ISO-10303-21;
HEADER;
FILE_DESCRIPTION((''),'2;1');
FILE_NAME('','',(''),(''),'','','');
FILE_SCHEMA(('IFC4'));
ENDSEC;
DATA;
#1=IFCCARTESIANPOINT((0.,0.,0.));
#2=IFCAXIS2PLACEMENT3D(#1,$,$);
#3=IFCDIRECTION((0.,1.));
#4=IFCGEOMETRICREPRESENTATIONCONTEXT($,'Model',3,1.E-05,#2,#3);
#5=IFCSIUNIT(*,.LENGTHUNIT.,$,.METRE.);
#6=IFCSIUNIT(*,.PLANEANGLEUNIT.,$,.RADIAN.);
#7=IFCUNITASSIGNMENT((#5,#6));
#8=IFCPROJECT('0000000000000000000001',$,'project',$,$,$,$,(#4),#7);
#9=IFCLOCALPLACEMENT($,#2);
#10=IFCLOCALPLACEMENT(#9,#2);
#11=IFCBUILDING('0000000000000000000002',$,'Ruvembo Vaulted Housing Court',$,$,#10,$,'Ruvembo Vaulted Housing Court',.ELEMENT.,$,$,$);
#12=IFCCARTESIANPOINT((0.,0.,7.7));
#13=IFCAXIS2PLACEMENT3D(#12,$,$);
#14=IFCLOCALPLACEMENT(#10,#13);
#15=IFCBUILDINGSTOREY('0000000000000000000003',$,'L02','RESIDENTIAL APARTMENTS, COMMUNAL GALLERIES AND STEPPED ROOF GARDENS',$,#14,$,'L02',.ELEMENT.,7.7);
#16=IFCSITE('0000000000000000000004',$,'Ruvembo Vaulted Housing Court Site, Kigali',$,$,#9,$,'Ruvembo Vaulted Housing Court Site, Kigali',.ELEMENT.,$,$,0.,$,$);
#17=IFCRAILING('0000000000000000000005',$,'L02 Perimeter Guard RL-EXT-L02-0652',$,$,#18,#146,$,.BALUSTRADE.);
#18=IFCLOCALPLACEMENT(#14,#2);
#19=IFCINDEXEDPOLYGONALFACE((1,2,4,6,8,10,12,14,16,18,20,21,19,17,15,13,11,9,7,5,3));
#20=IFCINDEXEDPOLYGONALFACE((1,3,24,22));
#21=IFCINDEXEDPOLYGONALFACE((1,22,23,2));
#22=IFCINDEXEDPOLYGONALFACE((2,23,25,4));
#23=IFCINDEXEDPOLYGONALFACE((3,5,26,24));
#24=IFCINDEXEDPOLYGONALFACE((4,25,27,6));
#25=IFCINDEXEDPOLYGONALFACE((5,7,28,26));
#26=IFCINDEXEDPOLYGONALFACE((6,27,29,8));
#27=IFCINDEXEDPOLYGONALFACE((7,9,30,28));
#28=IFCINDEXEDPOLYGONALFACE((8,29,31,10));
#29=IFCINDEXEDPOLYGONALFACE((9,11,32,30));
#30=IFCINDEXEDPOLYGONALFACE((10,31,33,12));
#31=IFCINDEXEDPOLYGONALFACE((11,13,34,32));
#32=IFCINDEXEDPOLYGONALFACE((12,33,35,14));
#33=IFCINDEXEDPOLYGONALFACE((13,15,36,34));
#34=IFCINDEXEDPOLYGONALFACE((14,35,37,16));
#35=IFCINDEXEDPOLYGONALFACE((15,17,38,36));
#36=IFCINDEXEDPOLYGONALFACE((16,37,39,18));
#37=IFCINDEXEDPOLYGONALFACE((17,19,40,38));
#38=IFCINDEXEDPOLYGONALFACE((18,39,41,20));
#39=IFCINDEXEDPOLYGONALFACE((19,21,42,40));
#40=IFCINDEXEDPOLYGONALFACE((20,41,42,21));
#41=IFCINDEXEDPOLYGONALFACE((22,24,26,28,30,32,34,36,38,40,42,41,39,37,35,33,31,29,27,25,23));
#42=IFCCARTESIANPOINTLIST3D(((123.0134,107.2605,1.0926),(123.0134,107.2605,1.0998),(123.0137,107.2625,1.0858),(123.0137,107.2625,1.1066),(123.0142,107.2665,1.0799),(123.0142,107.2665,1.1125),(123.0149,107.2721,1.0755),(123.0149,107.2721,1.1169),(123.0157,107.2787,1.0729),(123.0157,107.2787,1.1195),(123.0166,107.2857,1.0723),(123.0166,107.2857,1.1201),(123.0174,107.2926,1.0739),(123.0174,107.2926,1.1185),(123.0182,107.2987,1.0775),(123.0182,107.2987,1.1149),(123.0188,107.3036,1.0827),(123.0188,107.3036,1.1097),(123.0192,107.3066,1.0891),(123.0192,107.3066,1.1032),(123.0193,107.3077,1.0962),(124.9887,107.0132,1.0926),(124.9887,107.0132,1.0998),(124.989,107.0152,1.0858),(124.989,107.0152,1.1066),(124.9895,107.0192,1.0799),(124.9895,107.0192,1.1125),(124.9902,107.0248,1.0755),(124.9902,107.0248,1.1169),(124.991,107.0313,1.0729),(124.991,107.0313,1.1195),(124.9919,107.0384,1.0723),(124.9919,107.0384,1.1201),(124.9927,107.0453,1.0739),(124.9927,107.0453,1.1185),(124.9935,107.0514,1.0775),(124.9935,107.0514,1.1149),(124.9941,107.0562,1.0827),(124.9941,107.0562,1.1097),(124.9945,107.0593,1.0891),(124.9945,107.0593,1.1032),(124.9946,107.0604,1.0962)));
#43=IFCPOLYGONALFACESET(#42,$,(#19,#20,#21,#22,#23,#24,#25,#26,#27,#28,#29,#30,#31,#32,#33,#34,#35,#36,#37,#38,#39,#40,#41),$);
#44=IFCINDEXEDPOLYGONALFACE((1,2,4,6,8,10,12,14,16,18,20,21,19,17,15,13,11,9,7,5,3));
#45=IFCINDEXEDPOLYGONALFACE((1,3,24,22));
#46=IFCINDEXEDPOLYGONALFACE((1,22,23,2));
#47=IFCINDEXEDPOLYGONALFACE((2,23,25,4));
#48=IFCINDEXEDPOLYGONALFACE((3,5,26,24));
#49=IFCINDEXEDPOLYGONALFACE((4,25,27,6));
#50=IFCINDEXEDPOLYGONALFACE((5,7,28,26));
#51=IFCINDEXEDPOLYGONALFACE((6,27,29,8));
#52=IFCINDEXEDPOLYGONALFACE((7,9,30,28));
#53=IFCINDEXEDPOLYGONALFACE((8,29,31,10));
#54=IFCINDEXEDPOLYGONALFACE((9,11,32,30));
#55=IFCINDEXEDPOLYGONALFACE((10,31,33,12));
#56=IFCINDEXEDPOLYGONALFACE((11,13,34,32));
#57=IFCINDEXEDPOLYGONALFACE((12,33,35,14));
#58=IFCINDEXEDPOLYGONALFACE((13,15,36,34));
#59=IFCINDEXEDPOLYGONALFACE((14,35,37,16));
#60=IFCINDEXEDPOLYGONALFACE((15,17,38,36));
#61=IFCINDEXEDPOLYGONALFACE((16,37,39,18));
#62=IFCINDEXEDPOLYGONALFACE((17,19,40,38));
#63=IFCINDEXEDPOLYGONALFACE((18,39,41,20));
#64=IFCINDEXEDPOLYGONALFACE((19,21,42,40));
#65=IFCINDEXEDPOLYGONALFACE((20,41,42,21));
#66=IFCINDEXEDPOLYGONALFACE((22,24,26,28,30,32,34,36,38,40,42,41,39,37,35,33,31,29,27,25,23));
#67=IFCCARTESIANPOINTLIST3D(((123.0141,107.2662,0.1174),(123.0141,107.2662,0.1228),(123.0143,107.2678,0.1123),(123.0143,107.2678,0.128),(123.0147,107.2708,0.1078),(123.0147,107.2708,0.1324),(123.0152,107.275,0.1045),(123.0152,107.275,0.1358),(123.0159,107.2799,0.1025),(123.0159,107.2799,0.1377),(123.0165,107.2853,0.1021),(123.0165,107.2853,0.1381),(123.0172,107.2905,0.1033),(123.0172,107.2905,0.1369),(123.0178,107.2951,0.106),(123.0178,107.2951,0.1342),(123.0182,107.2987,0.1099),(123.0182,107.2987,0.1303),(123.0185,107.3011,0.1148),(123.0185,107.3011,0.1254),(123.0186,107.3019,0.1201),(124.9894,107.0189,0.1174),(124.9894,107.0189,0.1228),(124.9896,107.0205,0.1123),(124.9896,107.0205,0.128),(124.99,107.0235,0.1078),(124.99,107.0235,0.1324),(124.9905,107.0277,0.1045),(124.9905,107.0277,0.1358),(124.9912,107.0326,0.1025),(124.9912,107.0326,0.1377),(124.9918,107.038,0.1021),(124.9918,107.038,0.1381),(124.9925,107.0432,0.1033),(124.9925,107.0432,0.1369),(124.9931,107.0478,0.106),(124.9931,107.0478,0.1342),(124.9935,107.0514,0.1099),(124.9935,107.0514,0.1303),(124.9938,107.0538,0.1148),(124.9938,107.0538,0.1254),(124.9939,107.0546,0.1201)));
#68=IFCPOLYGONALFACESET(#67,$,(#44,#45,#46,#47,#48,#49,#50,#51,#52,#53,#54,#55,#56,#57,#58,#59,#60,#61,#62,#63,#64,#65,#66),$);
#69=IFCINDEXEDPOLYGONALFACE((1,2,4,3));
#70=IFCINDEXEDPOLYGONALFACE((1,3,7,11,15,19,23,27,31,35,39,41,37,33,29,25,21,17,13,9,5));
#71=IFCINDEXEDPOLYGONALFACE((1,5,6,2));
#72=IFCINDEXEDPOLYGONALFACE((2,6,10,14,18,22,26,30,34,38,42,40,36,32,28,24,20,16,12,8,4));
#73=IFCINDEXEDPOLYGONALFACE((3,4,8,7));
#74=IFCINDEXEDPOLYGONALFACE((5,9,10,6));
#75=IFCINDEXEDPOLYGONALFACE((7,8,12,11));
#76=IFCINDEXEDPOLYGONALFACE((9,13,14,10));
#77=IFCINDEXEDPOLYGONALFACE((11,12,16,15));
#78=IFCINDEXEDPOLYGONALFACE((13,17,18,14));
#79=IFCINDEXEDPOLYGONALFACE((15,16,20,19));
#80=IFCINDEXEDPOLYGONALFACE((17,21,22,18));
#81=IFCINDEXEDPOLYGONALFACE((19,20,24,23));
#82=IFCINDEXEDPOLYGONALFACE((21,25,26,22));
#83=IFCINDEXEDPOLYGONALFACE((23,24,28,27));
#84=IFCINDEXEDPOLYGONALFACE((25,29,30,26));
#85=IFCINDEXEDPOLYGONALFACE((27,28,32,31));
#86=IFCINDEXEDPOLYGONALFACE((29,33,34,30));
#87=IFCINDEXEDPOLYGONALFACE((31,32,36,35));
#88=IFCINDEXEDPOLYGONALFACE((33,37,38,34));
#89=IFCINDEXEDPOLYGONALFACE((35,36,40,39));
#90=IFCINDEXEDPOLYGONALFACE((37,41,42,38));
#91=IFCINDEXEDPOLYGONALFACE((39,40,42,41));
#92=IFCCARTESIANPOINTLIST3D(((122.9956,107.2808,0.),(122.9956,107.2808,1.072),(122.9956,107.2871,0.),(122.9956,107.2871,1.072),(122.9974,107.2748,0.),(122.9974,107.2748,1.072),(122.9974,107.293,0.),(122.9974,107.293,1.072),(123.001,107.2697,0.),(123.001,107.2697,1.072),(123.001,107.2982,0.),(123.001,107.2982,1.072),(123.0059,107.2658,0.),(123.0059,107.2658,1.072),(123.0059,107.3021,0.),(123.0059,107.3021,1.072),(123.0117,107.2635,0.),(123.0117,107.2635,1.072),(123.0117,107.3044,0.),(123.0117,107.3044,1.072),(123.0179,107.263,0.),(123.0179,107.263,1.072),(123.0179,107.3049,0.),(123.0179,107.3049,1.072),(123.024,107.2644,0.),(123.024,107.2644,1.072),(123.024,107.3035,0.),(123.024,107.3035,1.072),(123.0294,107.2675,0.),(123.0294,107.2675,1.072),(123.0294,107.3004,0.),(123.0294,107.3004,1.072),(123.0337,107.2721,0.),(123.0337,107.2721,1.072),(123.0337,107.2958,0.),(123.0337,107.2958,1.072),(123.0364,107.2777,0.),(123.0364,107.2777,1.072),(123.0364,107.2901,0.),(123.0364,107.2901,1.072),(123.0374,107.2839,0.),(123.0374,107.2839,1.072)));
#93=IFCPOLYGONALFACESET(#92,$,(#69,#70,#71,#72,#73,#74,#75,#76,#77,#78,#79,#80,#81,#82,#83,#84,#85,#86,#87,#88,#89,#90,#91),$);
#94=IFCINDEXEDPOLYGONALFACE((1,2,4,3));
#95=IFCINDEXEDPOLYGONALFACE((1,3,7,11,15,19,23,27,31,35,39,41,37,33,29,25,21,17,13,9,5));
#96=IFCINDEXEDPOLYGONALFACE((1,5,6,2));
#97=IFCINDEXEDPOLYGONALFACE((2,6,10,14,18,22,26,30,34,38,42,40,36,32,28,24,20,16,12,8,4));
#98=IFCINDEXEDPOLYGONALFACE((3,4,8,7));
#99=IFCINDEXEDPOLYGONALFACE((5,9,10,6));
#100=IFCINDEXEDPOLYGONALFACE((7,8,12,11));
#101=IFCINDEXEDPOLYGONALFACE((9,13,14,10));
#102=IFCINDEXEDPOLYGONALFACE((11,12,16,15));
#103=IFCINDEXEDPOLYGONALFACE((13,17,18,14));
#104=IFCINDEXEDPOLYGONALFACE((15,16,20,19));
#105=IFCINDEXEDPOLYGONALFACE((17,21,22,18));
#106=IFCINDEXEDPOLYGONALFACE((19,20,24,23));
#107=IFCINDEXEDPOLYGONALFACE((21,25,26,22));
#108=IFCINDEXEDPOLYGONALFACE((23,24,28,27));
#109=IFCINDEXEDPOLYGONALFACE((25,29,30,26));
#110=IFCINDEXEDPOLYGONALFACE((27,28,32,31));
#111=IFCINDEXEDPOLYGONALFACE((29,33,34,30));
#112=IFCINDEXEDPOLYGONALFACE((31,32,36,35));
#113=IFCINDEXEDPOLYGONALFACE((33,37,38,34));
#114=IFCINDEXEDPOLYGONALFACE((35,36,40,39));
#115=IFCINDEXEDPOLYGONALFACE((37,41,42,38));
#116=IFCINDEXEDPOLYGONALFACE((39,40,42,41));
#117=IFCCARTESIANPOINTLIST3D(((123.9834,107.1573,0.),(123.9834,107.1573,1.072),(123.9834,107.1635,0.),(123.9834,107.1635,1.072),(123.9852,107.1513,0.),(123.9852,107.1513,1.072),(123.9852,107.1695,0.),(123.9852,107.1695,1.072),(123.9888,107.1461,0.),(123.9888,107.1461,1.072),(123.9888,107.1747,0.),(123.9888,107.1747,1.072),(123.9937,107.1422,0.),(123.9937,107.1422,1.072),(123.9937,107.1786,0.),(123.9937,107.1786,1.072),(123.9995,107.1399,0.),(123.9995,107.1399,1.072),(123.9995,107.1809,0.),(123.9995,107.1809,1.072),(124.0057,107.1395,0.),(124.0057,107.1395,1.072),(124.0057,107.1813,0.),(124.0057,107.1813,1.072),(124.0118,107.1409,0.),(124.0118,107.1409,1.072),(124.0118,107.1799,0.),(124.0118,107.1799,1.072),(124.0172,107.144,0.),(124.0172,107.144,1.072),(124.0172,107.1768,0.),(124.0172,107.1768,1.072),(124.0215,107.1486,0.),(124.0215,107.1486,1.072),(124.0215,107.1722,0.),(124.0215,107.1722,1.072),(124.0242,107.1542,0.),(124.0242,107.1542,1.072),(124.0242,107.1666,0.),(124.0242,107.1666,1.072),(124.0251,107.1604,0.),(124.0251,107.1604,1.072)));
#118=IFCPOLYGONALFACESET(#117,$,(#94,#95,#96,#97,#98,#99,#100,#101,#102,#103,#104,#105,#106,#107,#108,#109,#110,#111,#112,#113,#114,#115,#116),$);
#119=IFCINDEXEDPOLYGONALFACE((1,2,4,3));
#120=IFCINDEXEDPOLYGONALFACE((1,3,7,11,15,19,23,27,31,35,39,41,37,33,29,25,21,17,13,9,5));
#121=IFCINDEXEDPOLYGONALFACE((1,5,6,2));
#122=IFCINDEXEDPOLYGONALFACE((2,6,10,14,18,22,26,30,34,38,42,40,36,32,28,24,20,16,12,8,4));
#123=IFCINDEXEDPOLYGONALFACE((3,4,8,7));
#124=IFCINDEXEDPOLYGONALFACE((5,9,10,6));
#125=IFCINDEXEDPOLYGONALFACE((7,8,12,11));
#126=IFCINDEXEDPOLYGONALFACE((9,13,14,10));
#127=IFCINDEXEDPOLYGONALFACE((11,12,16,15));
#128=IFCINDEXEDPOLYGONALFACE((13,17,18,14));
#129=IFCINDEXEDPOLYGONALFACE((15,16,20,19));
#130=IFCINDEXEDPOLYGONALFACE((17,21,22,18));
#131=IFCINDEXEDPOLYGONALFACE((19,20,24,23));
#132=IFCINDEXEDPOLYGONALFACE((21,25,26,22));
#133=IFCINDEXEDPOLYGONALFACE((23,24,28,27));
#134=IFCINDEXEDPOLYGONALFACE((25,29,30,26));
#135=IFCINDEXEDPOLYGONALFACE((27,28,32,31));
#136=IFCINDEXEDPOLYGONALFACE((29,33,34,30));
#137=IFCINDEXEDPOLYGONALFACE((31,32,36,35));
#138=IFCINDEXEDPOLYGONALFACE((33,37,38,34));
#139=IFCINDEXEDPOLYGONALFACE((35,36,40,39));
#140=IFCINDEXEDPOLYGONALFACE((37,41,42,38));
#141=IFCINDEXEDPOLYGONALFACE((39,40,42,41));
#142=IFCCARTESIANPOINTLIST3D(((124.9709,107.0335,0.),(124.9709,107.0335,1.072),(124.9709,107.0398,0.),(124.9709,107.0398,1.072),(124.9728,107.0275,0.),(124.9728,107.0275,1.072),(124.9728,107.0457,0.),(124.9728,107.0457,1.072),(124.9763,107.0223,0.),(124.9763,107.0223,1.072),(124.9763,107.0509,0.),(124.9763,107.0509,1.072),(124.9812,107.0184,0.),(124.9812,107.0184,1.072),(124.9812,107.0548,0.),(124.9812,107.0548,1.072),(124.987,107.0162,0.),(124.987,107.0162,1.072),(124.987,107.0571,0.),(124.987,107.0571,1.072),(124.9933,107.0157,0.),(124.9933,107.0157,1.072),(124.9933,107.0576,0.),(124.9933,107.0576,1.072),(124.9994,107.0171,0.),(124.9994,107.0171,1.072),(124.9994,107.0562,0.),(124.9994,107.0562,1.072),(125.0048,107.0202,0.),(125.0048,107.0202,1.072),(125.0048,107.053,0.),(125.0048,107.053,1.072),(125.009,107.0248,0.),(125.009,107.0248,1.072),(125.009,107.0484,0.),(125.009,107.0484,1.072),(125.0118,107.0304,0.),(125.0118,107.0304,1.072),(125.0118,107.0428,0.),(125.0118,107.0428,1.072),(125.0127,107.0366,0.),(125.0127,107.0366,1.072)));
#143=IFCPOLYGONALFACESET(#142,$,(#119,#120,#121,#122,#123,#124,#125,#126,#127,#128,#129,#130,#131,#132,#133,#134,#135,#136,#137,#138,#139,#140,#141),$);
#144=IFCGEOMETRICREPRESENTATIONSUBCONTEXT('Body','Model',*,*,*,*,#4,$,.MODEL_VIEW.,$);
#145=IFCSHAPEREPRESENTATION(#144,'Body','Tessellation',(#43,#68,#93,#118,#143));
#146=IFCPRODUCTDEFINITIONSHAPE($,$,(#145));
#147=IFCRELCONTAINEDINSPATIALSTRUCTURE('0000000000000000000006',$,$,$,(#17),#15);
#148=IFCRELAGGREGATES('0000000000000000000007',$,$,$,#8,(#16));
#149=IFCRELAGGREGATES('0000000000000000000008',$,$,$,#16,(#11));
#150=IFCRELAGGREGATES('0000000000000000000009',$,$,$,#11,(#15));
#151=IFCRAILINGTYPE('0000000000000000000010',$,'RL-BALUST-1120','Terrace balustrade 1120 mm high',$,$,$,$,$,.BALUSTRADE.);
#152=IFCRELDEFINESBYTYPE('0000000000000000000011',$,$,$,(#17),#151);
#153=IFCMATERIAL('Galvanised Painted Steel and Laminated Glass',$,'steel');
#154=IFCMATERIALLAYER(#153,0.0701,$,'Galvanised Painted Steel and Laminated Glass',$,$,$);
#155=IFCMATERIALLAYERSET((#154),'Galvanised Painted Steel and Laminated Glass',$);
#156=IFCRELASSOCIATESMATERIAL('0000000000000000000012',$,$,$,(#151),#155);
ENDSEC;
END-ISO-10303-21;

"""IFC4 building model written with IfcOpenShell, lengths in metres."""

from ifc_helpers import new_model, si_unit, direction, frame, origin, origin_2d, place, context, subcontext, project, spatial, circle, extrude, material, layer, layer_set, type_object, element, save


model = new_model("IFC4")

# Units and contexts
model_context = context("Model", 3, precision=1e-05, world=origin(), true_north=direction((0.0, 1.0)))
body_context = subcontext(model_context, "Body", "Model", "MODEL_VIEW")
ifc_project = project(units=[si_unit("LENGTHUNIT", "METRE"), si_unit("PLANEANGLEUNIT", "RADIAN")], contexts=[model_context])

# Site, building, storey
site_placement = place(None, origin())
site = spatial("IfcSite", under=ifc_project, at=site_placement, Name="Ruvembo Vaulted Housing Court Site, Kigali", LongName="Ruvembo Vaulted Housing Court Site, Kigali", CompositionType="ELEMENT", RefElevation=0.0)
building_placement = place(site_placement, origin())
building = spatial("IfcBuilding", under=site, at=building_placement, Name="Ruvembo Vaulted Housing Court", LongName="Ruvembo Vaulted Housing Court", CompositionType="ELEMENT")
storey_placement = place(building_placement, frame((0.0, 0.0, 7.7)))
storey = spatial("IfcBuildingStorey", under=building, at=storey_placement, Name="L02", Description="RESIDENTIAL APARTMENTS, COMMUNAL GALLERIES AND STEPPED ROOF GARDENS", LongName="L02", CompositionType="ELEMENT", Elevation=7.7)

# Railing
ifc_material_1 = material(Name="Galvanised Painted Steel and Laminated Glass", Category="steel")
ifc_layer_1 = layer(ifc_material_1, 0.0701, Name="Galvanised Painted Steel and Laminated Glass")
ifc_layer_set_1 = layer_set([ifc_layer_1], Name="Galvanised Painted Steel and Laminated Glass")
railing_type_1 = type_object("IfcRailingType", Name="RL-BALUST-1120", Description="Terrace balustrade 1120 mm high", PredefinedType="BALUSTRADE", material=ifc_layer_set_1)
railing_1_placement = place(storey_placement, frame((123.0164, 107.2839, 0.0)))
element("IfcRailing", 1, at=railing_1_placement, inside=storey, type_object=railing_type_1, Name="L02 Perimeter Guard RL-EXT-L02-0652", PredefinedType="BALUSTRADE", context=body_context, shape_type="SweptSolid", body=[
    extrude(circle(Radius=0.0239, at=origin_2d()), frame((0.0, 0.0, 1.0962), z_axis=(0.992253, -0.124231, 0.0), x_axis=(0.124231, 0.992253, 0.0)), (0.0, 0.0, 1.0), 1.9907),
    extrude(circle(Radius=0.0181, at=origin_2d()), frame((0.0, 0.0, 0.1201), z_axis=(0.992253, -0.124231, 0.0), x_axis=(0.124231, 0.992253, 0.0)), (0.0, 0.0, 1.0), 1.9907),
    extrude(circle(Radius=0.021, at=origin_2d()), origin(), (0.0, 0.0, 1.0), 1.072),
    extrude(circle(Radius=0.021, at=origin_2d()), frame((0.9878, -0.1235, 0.0)), (0.0, 0.0, 1.0), 1.072),
    extrude(circle(Radius=0.021, at=origin_2d()), frame((1.9753, -0.2473, 0.0)), (0.0, 0.0, 1.0), 1.072),
])

save(model, "model.ifc")
